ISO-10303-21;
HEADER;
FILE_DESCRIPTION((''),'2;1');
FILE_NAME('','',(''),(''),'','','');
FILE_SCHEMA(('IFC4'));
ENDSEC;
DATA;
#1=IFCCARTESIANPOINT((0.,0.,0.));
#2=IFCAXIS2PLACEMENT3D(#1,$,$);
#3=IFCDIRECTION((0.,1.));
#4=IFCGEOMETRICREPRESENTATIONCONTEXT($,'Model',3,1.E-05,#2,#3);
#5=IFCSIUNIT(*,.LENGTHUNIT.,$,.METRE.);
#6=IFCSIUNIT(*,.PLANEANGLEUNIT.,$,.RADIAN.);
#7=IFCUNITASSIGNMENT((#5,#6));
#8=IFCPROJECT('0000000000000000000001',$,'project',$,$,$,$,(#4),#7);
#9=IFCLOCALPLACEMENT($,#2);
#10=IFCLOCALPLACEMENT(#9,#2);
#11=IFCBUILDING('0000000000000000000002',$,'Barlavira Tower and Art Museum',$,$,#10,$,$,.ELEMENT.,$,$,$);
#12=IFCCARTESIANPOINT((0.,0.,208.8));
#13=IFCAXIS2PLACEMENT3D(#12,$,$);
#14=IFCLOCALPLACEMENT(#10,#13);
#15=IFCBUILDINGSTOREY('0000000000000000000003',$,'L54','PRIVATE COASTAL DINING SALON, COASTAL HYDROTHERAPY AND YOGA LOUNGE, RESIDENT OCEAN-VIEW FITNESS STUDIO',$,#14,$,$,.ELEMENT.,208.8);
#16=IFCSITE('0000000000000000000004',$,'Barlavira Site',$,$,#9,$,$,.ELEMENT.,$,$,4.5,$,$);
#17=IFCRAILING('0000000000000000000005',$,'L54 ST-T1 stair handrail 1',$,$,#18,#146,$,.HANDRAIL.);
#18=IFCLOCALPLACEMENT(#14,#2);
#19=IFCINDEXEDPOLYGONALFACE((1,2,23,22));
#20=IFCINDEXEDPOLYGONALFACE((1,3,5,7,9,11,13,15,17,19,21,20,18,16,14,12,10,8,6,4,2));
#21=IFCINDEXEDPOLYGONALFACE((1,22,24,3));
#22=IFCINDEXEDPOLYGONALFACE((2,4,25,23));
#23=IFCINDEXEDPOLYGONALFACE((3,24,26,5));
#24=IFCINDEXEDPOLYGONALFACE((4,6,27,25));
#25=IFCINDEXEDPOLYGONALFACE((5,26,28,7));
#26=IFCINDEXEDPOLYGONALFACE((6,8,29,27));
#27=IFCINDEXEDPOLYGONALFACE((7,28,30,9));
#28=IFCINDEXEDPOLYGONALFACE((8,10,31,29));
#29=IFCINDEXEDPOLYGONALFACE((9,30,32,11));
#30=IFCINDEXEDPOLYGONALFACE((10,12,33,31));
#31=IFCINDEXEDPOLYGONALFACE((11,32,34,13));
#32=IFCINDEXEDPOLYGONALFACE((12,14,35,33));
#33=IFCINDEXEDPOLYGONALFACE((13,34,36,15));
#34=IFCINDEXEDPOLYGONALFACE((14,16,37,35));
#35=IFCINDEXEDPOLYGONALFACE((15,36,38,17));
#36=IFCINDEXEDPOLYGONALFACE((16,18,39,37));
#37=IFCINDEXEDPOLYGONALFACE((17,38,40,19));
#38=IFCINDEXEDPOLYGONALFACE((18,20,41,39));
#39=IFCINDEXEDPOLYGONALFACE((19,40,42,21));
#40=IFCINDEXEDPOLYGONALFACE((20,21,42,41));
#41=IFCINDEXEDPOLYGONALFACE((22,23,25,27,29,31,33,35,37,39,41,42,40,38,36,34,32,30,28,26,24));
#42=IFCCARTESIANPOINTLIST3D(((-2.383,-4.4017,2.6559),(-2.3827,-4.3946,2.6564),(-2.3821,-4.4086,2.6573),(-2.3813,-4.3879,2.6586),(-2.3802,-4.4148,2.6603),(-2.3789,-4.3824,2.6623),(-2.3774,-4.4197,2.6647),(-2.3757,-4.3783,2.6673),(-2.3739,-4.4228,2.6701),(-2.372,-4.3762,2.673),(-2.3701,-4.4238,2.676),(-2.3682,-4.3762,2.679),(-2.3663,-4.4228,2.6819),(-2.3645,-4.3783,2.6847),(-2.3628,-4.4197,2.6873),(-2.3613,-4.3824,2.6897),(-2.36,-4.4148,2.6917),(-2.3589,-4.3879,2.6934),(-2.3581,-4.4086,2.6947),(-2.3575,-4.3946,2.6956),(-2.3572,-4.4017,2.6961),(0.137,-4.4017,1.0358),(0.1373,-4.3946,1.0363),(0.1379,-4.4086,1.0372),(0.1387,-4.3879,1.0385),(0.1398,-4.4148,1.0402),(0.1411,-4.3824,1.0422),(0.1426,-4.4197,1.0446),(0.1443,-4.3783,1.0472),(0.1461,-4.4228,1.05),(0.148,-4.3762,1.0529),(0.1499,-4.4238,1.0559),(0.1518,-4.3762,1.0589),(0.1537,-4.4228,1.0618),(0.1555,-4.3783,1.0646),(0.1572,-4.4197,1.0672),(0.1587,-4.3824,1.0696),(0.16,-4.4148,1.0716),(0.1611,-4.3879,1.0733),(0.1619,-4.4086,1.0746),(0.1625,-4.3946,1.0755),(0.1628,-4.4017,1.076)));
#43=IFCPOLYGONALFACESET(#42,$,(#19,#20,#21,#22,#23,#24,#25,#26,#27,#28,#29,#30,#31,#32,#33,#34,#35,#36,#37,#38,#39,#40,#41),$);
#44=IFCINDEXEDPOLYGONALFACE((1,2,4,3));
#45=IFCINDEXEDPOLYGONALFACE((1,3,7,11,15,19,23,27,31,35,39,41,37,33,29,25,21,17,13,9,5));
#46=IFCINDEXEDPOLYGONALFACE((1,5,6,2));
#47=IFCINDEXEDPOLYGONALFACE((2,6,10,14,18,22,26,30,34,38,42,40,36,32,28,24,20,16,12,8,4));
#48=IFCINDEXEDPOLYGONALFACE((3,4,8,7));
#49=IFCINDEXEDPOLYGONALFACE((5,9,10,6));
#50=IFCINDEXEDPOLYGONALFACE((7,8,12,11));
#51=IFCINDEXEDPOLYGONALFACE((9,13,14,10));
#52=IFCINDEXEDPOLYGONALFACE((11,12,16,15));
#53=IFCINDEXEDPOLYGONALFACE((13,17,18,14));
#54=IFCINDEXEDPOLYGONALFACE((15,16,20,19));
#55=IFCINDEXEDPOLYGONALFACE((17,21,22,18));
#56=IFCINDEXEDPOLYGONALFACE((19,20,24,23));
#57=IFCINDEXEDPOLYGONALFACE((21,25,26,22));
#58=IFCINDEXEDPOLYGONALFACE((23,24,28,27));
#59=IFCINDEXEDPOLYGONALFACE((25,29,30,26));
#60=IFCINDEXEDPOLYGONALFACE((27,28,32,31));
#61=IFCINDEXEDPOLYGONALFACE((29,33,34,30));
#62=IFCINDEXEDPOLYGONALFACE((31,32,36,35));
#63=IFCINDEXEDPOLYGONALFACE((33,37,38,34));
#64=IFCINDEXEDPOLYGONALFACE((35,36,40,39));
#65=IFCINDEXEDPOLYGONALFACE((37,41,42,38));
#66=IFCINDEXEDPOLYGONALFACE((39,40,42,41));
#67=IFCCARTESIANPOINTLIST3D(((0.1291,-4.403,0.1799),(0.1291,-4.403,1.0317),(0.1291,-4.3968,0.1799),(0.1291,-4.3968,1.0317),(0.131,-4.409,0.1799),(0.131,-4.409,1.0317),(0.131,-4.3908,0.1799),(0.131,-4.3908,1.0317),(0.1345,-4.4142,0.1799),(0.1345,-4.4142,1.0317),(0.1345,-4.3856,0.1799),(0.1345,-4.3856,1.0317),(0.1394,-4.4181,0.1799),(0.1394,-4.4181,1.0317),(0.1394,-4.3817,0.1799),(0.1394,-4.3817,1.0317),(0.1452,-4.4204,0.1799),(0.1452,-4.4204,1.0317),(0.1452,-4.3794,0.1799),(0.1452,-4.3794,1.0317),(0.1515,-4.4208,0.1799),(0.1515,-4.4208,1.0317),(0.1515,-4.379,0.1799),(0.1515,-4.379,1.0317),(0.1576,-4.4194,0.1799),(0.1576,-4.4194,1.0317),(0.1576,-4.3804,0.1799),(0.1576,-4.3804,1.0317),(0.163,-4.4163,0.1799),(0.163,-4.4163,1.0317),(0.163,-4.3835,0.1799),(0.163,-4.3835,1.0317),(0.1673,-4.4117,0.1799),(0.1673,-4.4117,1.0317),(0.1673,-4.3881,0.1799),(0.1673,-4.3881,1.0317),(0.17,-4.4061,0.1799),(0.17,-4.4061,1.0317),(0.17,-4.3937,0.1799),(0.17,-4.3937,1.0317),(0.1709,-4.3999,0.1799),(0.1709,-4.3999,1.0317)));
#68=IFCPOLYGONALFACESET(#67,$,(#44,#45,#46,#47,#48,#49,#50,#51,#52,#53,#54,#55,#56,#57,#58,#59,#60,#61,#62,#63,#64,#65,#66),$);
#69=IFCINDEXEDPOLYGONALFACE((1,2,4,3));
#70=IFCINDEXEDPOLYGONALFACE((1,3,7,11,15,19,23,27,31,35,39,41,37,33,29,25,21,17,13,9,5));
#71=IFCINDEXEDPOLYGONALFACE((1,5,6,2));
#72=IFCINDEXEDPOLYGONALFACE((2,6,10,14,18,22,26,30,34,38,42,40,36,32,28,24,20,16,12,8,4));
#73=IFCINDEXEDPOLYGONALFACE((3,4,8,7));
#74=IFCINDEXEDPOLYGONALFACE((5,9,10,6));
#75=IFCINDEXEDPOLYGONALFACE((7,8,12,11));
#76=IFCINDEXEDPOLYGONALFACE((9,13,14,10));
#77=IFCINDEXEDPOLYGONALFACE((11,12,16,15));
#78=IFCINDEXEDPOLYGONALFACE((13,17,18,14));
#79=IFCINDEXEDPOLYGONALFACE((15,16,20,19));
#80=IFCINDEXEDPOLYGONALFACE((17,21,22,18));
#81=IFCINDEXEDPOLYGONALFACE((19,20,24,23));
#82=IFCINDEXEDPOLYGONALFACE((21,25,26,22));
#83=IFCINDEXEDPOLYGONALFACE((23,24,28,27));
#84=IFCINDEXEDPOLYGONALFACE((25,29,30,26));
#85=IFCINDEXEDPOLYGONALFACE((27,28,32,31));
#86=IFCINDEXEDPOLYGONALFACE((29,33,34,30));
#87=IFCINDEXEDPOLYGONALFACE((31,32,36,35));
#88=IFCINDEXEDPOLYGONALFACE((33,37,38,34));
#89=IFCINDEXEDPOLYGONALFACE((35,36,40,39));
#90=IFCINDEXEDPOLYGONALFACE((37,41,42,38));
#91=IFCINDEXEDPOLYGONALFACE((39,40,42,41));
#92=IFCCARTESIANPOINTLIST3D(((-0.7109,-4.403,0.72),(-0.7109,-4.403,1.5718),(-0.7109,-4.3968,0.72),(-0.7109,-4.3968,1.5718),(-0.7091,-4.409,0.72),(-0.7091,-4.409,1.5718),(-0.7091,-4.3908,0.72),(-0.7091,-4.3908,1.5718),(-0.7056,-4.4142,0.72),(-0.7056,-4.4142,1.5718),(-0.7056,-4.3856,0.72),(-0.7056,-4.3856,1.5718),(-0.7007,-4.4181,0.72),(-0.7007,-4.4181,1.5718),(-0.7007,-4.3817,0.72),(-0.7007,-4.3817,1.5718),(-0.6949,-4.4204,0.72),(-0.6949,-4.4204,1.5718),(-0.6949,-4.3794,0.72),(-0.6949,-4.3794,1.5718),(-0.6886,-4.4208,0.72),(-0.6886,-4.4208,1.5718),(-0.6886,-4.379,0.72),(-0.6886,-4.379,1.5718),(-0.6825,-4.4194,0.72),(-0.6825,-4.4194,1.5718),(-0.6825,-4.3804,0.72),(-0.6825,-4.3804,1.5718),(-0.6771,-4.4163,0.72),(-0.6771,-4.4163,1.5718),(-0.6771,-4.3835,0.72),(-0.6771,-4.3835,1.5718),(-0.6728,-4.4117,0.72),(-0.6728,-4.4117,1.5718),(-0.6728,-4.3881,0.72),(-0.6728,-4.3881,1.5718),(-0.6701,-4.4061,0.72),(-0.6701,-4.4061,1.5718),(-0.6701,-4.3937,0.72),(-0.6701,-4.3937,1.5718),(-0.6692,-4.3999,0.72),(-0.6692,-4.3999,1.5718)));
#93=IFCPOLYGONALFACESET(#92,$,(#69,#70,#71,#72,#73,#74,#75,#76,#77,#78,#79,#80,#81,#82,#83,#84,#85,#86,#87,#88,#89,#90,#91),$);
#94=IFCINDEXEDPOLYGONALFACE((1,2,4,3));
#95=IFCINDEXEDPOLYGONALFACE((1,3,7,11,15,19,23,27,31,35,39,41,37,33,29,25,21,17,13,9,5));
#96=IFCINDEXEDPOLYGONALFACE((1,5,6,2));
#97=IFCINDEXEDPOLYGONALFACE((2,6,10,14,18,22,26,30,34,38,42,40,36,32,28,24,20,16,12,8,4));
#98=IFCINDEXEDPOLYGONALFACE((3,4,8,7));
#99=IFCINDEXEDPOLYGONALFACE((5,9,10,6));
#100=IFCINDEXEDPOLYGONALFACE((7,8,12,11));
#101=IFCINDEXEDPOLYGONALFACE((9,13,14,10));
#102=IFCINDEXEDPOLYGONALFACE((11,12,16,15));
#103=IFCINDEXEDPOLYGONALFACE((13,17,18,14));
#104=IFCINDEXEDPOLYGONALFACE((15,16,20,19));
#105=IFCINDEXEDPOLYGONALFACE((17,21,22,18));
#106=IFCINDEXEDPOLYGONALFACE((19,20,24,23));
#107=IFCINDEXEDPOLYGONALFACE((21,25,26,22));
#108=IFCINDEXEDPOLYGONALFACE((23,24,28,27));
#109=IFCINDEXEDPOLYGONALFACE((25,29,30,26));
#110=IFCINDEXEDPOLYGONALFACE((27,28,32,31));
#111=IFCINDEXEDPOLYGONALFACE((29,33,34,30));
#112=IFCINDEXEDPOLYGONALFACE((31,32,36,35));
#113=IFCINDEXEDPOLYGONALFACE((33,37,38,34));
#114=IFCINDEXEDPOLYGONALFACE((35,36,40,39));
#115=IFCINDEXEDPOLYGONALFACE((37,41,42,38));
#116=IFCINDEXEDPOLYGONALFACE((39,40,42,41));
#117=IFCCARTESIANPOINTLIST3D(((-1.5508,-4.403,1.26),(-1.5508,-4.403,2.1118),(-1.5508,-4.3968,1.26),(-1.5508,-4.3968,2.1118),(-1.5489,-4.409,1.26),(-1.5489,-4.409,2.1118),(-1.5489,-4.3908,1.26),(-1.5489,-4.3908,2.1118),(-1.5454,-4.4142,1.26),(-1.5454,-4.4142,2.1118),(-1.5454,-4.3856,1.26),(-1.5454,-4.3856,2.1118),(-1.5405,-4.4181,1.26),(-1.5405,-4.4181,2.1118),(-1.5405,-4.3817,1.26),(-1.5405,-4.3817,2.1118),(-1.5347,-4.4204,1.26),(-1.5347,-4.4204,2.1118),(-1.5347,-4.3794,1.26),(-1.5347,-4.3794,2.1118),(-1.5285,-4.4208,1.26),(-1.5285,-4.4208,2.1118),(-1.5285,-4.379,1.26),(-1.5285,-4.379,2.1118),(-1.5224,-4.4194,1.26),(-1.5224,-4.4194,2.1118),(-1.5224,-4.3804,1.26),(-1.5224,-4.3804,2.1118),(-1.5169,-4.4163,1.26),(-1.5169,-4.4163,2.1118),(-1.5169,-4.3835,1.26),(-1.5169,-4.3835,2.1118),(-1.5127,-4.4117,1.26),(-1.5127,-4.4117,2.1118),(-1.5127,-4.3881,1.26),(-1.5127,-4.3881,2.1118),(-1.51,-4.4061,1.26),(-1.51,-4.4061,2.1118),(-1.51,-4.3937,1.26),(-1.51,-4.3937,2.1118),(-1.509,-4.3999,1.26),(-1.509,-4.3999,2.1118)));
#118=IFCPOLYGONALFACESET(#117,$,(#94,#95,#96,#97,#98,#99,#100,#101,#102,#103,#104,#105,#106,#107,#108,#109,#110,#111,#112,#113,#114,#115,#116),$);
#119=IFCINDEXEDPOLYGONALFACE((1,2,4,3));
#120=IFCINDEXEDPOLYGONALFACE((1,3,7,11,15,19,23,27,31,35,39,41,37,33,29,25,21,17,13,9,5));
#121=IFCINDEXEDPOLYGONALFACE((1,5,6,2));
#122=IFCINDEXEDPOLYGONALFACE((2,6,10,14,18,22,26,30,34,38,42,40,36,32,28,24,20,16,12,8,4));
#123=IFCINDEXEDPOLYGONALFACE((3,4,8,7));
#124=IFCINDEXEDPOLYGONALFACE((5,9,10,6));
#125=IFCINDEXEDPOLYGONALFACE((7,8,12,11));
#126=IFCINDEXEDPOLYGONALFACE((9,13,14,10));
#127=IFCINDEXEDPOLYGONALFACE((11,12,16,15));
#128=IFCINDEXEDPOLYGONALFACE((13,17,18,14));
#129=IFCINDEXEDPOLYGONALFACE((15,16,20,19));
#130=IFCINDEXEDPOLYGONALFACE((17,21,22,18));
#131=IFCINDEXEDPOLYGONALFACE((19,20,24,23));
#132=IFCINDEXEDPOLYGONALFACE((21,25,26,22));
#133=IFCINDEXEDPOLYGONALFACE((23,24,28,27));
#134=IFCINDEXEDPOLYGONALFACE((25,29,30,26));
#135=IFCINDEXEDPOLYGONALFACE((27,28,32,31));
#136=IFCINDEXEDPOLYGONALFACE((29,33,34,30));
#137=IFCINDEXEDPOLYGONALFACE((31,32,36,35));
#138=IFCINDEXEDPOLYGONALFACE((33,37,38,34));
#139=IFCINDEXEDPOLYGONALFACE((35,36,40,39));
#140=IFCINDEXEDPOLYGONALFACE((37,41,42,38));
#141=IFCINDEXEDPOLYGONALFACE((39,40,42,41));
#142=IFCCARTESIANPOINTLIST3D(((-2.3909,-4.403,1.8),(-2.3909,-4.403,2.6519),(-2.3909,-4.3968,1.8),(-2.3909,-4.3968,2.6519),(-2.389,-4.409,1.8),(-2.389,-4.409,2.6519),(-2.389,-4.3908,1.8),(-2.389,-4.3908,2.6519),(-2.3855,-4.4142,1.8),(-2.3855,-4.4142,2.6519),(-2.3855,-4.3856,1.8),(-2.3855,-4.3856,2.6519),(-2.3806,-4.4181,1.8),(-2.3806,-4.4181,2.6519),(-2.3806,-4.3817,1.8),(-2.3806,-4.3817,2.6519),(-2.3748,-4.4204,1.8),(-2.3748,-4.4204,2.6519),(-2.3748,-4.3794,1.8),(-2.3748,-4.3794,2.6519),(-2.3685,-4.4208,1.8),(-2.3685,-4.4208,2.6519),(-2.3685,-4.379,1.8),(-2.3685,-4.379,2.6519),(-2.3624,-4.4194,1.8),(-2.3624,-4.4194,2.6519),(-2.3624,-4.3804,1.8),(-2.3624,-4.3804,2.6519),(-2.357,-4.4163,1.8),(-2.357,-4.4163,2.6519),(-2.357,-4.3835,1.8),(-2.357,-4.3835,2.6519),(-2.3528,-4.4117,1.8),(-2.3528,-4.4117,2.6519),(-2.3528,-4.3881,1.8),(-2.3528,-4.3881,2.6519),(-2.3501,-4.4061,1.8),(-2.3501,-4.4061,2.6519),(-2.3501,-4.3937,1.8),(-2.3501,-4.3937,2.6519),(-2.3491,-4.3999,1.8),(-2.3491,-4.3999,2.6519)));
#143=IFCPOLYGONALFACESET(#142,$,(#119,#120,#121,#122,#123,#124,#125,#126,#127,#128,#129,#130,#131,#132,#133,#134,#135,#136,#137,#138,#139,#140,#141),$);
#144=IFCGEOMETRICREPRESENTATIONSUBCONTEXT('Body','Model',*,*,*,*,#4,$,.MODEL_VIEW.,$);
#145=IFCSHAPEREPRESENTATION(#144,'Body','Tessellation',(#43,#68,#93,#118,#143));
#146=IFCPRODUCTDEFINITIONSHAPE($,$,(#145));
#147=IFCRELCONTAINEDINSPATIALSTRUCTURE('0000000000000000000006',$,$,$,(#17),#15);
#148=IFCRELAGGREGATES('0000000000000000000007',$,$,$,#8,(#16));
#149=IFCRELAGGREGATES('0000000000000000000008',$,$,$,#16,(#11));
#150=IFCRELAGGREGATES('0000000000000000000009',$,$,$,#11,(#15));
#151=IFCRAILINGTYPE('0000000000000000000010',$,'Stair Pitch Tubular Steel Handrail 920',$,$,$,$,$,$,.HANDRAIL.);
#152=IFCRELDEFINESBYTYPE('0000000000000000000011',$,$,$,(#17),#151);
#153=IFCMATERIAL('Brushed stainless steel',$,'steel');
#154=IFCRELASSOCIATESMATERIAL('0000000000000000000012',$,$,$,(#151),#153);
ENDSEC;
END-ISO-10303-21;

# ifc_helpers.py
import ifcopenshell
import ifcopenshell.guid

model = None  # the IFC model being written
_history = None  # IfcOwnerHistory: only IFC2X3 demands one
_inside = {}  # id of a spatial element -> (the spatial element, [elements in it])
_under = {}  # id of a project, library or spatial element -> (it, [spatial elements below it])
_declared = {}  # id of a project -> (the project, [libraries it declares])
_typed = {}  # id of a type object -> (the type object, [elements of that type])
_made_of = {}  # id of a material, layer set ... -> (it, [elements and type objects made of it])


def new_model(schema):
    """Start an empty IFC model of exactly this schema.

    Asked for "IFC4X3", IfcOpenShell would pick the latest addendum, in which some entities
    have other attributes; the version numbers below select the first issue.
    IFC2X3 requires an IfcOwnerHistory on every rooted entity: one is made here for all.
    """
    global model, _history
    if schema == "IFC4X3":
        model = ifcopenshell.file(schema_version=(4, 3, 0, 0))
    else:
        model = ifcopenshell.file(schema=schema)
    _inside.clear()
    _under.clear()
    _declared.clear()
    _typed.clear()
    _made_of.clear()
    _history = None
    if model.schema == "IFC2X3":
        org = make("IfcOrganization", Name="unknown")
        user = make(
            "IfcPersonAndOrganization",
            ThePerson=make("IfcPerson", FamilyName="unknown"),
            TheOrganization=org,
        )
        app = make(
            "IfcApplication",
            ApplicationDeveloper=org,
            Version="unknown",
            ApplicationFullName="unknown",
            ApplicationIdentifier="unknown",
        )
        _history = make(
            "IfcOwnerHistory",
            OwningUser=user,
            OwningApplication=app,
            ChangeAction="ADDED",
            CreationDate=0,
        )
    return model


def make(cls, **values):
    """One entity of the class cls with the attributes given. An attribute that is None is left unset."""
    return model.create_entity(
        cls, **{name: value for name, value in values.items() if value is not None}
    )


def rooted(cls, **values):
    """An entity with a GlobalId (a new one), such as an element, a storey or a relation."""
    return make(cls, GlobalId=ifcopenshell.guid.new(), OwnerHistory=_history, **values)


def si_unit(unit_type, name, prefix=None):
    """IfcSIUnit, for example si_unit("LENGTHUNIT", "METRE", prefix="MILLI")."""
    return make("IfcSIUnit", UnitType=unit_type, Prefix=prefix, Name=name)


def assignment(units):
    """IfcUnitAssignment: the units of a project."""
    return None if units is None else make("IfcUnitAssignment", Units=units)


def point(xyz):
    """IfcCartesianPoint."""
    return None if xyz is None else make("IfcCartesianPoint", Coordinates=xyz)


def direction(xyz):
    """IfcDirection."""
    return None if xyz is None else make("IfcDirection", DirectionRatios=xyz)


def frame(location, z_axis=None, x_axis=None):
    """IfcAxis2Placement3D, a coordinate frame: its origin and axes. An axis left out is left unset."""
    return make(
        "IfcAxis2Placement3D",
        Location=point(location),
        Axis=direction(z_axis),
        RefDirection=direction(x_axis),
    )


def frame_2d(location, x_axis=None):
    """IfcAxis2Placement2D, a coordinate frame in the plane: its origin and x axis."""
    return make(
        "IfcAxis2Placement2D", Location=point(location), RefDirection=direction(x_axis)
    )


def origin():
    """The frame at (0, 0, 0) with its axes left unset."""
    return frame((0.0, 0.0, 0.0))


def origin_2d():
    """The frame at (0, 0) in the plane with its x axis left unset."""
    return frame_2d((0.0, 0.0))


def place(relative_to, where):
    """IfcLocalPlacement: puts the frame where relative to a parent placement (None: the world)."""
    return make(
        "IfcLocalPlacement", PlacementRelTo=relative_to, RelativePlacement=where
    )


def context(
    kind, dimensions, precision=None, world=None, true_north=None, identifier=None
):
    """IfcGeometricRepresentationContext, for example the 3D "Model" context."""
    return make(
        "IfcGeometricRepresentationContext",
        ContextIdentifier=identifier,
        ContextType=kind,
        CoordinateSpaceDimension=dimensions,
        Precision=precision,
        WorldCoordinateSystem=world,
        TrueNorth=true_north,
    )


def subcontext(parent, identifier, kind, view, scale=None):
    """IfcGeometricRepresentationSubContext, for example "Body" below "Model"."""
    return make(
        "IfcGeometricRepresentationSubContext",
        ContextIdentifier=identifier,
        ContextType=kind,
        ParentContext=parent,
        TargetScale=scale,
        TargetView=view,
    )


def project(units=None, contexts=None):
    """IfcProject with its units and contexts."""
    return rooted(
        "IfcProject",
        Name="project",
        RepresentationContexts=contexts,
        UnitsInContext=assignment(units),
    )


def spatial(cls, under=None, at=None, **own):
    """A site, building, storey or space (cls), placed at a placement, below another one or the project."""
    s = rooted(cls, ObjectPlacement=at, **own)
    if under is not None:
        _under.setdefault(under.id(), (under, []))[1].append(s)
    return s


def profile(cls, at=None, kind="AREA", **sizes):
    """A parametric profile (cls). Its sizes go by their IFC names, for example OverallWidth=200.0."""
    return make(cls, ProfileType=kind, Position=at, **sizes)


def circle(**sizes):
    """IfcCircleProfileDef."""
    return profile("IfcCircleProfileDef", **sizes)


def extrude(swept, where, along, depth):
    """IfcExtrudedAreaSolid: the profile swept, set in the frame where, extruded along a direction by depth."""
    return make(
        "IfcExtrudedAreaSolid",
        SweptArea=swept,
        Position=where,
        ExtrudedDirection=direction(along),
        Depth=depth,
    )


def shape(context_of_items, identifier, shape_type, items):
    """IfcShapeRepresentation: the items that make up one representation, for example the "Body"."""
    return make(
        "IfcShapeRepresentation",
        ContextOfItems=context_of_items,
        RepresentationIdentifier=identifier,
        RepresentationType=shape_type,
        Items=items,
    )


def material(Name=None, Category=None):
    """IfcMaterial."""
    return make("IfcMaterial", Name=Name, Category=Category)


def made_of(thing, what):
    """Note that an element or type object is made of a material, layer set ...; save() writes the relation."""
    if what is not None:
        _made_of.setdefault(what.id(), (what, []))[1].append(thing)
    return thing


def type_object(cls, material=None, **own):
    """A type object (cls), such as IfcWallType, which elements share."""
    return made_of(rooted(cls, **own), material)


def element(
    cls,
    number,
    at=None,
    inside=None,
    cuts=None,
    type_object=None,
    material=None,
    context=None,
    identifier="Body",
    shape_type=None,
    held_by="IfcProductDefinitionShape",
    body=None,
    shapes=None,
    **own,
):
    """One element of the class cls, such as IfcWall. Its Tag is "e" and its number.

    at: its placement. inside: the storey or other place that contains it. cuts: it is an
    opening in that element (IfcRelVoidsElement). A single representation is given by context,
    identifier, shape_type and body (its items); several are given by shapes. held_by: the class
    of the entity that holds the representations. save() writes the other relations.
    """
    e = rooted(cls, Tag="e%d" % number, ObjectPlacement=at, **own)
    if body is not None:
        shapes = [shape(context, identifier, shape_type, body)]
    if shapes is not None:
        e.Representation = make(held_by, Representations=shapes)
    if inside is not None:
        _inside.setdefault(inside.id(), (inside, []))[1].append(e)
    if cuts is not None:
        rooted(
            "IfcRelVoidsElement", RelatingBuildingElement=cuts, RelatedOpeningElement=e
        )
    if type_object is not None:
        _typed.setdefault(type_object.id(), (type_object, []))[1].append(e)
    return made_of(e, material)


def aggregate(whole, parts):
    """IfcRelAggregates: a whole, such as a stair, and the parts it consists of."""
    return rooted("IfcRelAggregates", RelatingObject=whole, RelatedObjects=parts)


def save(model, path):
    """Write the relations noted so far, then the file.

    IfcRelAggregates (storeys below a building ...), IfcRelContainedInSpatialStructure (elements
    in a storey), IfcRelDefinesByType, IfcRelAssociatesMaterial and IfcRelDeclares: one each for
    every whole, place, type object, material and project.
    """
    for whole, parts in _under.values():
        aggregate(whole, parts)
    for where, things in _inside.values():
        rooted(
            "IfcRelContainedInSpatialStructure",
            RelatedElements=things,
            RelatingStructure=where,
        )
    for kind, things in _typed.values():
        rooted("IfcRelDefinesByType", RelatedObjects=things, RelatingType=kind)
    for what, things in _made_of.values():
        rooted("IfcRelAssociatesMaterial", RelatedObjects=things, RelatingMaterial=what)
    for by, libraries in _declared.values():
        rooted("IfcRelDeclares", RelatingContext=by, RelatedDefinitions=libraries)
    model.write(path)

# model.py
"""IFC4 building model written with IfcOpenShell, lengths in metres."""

from ifc_helpers import new_model, si_unit, direction, frame, origin, origin_2d, place, context, subcontext, project, spatial, circle, extrude, material, type_object, element, save


model = new_model("IFC4")

# Units and contexts
model_context = context("Model", 3, precision=1e-05, world=origin(), true_north=direction((0.0, 1.0)))
body_context = subcontext(model_context, "Body", "Model", "MODEL_VIEW")
ifc_project = project(units=[si_unit("LENGTHUNIT", "METRE"), si_unit("PLANEANGLEUNIT", "RADIAN")], contexts=[model_context])

# Site, building, storey
site_placement = place(None, origin())
site = spatial("IfcSite", under=ifc_project, at=site_placement, Name="Barlavira Site", CompositionType="ELEMENT", RefElevation=4.5)
building_placement = place(site_placement, origin())
building = spatial("IfcBuilding", under=site, at=building_placement, Name="Barlavira Tower and Art Museum", CompositionType="ELEMENT")
storey_placement = place(building_placement, frame((0.0, 0.0, 208.8)))
storey = spatial("IfcBuildingStorey", under=building, at=storey_placement, Name="L54", Description="PRIVATE COASTAL DINING SALON, COASTAL HYDROTHERAPY AND YOGA LOUNGE, RESIDENT OCEAN-VIEW FITNESS STUDIO", CompositionType="ELEMENT", Elevation=208.8)

# Shared definitions
ifc_material_1 = material(Name="Brushed stainless steel", Category="steel")

# Railing
railing_type_1 = type_object("IfcRailingType", Name="Stair Pitch Tubular Steel Handrail 920", PredefinedType="HANDRAIL", material=ifc_material_1)
railing_1_placement = place(storey_placement, frame((0.1499, -4.3999, 0.1799)))
element("IfcRailing", 1, at=railing_1_placement, inside=storey, type_object=railing_type_1, Name="L54 ST-T1 stair handrail 1", PredefinedType="HANDRAIL", context=body_context, shape_type="SweptSolid", body=[
    extrude(circle(Radius=0.0239, at=origin_2d()), frame((0.0, 0.0, 0.876), z_axis=(-0.841163, 0.0, 0.540782), x_axis=(0.0, -1.0, 0.0)), (0.0, 0.0, 1.0), 2.9958),
    extrude(circle(Radius=0.021, at=origin_2d()), origin(), (0.0, 0.0, 1.0), 0.8518),
    extrude(circle(Radius=0.021, at=origin_2d()), frame((-0.8401, 0.0, 0.54)), (0.0, 0.0, 1.0), 0.8518),
    extrude(circle(Radius=0.021, at=origin_2d()), frame((-1.6799, 0.0, 1.0801)), (0.0, 0.0, 1.0), 0.8518),
    extrude(circle(Radius=0.021, at=origin_2d()), frame((-2.52, 0.0, 1.6201)), (0.0, 0.0, 1.0), 0.8518),
])

save(model, "model.ifc")
